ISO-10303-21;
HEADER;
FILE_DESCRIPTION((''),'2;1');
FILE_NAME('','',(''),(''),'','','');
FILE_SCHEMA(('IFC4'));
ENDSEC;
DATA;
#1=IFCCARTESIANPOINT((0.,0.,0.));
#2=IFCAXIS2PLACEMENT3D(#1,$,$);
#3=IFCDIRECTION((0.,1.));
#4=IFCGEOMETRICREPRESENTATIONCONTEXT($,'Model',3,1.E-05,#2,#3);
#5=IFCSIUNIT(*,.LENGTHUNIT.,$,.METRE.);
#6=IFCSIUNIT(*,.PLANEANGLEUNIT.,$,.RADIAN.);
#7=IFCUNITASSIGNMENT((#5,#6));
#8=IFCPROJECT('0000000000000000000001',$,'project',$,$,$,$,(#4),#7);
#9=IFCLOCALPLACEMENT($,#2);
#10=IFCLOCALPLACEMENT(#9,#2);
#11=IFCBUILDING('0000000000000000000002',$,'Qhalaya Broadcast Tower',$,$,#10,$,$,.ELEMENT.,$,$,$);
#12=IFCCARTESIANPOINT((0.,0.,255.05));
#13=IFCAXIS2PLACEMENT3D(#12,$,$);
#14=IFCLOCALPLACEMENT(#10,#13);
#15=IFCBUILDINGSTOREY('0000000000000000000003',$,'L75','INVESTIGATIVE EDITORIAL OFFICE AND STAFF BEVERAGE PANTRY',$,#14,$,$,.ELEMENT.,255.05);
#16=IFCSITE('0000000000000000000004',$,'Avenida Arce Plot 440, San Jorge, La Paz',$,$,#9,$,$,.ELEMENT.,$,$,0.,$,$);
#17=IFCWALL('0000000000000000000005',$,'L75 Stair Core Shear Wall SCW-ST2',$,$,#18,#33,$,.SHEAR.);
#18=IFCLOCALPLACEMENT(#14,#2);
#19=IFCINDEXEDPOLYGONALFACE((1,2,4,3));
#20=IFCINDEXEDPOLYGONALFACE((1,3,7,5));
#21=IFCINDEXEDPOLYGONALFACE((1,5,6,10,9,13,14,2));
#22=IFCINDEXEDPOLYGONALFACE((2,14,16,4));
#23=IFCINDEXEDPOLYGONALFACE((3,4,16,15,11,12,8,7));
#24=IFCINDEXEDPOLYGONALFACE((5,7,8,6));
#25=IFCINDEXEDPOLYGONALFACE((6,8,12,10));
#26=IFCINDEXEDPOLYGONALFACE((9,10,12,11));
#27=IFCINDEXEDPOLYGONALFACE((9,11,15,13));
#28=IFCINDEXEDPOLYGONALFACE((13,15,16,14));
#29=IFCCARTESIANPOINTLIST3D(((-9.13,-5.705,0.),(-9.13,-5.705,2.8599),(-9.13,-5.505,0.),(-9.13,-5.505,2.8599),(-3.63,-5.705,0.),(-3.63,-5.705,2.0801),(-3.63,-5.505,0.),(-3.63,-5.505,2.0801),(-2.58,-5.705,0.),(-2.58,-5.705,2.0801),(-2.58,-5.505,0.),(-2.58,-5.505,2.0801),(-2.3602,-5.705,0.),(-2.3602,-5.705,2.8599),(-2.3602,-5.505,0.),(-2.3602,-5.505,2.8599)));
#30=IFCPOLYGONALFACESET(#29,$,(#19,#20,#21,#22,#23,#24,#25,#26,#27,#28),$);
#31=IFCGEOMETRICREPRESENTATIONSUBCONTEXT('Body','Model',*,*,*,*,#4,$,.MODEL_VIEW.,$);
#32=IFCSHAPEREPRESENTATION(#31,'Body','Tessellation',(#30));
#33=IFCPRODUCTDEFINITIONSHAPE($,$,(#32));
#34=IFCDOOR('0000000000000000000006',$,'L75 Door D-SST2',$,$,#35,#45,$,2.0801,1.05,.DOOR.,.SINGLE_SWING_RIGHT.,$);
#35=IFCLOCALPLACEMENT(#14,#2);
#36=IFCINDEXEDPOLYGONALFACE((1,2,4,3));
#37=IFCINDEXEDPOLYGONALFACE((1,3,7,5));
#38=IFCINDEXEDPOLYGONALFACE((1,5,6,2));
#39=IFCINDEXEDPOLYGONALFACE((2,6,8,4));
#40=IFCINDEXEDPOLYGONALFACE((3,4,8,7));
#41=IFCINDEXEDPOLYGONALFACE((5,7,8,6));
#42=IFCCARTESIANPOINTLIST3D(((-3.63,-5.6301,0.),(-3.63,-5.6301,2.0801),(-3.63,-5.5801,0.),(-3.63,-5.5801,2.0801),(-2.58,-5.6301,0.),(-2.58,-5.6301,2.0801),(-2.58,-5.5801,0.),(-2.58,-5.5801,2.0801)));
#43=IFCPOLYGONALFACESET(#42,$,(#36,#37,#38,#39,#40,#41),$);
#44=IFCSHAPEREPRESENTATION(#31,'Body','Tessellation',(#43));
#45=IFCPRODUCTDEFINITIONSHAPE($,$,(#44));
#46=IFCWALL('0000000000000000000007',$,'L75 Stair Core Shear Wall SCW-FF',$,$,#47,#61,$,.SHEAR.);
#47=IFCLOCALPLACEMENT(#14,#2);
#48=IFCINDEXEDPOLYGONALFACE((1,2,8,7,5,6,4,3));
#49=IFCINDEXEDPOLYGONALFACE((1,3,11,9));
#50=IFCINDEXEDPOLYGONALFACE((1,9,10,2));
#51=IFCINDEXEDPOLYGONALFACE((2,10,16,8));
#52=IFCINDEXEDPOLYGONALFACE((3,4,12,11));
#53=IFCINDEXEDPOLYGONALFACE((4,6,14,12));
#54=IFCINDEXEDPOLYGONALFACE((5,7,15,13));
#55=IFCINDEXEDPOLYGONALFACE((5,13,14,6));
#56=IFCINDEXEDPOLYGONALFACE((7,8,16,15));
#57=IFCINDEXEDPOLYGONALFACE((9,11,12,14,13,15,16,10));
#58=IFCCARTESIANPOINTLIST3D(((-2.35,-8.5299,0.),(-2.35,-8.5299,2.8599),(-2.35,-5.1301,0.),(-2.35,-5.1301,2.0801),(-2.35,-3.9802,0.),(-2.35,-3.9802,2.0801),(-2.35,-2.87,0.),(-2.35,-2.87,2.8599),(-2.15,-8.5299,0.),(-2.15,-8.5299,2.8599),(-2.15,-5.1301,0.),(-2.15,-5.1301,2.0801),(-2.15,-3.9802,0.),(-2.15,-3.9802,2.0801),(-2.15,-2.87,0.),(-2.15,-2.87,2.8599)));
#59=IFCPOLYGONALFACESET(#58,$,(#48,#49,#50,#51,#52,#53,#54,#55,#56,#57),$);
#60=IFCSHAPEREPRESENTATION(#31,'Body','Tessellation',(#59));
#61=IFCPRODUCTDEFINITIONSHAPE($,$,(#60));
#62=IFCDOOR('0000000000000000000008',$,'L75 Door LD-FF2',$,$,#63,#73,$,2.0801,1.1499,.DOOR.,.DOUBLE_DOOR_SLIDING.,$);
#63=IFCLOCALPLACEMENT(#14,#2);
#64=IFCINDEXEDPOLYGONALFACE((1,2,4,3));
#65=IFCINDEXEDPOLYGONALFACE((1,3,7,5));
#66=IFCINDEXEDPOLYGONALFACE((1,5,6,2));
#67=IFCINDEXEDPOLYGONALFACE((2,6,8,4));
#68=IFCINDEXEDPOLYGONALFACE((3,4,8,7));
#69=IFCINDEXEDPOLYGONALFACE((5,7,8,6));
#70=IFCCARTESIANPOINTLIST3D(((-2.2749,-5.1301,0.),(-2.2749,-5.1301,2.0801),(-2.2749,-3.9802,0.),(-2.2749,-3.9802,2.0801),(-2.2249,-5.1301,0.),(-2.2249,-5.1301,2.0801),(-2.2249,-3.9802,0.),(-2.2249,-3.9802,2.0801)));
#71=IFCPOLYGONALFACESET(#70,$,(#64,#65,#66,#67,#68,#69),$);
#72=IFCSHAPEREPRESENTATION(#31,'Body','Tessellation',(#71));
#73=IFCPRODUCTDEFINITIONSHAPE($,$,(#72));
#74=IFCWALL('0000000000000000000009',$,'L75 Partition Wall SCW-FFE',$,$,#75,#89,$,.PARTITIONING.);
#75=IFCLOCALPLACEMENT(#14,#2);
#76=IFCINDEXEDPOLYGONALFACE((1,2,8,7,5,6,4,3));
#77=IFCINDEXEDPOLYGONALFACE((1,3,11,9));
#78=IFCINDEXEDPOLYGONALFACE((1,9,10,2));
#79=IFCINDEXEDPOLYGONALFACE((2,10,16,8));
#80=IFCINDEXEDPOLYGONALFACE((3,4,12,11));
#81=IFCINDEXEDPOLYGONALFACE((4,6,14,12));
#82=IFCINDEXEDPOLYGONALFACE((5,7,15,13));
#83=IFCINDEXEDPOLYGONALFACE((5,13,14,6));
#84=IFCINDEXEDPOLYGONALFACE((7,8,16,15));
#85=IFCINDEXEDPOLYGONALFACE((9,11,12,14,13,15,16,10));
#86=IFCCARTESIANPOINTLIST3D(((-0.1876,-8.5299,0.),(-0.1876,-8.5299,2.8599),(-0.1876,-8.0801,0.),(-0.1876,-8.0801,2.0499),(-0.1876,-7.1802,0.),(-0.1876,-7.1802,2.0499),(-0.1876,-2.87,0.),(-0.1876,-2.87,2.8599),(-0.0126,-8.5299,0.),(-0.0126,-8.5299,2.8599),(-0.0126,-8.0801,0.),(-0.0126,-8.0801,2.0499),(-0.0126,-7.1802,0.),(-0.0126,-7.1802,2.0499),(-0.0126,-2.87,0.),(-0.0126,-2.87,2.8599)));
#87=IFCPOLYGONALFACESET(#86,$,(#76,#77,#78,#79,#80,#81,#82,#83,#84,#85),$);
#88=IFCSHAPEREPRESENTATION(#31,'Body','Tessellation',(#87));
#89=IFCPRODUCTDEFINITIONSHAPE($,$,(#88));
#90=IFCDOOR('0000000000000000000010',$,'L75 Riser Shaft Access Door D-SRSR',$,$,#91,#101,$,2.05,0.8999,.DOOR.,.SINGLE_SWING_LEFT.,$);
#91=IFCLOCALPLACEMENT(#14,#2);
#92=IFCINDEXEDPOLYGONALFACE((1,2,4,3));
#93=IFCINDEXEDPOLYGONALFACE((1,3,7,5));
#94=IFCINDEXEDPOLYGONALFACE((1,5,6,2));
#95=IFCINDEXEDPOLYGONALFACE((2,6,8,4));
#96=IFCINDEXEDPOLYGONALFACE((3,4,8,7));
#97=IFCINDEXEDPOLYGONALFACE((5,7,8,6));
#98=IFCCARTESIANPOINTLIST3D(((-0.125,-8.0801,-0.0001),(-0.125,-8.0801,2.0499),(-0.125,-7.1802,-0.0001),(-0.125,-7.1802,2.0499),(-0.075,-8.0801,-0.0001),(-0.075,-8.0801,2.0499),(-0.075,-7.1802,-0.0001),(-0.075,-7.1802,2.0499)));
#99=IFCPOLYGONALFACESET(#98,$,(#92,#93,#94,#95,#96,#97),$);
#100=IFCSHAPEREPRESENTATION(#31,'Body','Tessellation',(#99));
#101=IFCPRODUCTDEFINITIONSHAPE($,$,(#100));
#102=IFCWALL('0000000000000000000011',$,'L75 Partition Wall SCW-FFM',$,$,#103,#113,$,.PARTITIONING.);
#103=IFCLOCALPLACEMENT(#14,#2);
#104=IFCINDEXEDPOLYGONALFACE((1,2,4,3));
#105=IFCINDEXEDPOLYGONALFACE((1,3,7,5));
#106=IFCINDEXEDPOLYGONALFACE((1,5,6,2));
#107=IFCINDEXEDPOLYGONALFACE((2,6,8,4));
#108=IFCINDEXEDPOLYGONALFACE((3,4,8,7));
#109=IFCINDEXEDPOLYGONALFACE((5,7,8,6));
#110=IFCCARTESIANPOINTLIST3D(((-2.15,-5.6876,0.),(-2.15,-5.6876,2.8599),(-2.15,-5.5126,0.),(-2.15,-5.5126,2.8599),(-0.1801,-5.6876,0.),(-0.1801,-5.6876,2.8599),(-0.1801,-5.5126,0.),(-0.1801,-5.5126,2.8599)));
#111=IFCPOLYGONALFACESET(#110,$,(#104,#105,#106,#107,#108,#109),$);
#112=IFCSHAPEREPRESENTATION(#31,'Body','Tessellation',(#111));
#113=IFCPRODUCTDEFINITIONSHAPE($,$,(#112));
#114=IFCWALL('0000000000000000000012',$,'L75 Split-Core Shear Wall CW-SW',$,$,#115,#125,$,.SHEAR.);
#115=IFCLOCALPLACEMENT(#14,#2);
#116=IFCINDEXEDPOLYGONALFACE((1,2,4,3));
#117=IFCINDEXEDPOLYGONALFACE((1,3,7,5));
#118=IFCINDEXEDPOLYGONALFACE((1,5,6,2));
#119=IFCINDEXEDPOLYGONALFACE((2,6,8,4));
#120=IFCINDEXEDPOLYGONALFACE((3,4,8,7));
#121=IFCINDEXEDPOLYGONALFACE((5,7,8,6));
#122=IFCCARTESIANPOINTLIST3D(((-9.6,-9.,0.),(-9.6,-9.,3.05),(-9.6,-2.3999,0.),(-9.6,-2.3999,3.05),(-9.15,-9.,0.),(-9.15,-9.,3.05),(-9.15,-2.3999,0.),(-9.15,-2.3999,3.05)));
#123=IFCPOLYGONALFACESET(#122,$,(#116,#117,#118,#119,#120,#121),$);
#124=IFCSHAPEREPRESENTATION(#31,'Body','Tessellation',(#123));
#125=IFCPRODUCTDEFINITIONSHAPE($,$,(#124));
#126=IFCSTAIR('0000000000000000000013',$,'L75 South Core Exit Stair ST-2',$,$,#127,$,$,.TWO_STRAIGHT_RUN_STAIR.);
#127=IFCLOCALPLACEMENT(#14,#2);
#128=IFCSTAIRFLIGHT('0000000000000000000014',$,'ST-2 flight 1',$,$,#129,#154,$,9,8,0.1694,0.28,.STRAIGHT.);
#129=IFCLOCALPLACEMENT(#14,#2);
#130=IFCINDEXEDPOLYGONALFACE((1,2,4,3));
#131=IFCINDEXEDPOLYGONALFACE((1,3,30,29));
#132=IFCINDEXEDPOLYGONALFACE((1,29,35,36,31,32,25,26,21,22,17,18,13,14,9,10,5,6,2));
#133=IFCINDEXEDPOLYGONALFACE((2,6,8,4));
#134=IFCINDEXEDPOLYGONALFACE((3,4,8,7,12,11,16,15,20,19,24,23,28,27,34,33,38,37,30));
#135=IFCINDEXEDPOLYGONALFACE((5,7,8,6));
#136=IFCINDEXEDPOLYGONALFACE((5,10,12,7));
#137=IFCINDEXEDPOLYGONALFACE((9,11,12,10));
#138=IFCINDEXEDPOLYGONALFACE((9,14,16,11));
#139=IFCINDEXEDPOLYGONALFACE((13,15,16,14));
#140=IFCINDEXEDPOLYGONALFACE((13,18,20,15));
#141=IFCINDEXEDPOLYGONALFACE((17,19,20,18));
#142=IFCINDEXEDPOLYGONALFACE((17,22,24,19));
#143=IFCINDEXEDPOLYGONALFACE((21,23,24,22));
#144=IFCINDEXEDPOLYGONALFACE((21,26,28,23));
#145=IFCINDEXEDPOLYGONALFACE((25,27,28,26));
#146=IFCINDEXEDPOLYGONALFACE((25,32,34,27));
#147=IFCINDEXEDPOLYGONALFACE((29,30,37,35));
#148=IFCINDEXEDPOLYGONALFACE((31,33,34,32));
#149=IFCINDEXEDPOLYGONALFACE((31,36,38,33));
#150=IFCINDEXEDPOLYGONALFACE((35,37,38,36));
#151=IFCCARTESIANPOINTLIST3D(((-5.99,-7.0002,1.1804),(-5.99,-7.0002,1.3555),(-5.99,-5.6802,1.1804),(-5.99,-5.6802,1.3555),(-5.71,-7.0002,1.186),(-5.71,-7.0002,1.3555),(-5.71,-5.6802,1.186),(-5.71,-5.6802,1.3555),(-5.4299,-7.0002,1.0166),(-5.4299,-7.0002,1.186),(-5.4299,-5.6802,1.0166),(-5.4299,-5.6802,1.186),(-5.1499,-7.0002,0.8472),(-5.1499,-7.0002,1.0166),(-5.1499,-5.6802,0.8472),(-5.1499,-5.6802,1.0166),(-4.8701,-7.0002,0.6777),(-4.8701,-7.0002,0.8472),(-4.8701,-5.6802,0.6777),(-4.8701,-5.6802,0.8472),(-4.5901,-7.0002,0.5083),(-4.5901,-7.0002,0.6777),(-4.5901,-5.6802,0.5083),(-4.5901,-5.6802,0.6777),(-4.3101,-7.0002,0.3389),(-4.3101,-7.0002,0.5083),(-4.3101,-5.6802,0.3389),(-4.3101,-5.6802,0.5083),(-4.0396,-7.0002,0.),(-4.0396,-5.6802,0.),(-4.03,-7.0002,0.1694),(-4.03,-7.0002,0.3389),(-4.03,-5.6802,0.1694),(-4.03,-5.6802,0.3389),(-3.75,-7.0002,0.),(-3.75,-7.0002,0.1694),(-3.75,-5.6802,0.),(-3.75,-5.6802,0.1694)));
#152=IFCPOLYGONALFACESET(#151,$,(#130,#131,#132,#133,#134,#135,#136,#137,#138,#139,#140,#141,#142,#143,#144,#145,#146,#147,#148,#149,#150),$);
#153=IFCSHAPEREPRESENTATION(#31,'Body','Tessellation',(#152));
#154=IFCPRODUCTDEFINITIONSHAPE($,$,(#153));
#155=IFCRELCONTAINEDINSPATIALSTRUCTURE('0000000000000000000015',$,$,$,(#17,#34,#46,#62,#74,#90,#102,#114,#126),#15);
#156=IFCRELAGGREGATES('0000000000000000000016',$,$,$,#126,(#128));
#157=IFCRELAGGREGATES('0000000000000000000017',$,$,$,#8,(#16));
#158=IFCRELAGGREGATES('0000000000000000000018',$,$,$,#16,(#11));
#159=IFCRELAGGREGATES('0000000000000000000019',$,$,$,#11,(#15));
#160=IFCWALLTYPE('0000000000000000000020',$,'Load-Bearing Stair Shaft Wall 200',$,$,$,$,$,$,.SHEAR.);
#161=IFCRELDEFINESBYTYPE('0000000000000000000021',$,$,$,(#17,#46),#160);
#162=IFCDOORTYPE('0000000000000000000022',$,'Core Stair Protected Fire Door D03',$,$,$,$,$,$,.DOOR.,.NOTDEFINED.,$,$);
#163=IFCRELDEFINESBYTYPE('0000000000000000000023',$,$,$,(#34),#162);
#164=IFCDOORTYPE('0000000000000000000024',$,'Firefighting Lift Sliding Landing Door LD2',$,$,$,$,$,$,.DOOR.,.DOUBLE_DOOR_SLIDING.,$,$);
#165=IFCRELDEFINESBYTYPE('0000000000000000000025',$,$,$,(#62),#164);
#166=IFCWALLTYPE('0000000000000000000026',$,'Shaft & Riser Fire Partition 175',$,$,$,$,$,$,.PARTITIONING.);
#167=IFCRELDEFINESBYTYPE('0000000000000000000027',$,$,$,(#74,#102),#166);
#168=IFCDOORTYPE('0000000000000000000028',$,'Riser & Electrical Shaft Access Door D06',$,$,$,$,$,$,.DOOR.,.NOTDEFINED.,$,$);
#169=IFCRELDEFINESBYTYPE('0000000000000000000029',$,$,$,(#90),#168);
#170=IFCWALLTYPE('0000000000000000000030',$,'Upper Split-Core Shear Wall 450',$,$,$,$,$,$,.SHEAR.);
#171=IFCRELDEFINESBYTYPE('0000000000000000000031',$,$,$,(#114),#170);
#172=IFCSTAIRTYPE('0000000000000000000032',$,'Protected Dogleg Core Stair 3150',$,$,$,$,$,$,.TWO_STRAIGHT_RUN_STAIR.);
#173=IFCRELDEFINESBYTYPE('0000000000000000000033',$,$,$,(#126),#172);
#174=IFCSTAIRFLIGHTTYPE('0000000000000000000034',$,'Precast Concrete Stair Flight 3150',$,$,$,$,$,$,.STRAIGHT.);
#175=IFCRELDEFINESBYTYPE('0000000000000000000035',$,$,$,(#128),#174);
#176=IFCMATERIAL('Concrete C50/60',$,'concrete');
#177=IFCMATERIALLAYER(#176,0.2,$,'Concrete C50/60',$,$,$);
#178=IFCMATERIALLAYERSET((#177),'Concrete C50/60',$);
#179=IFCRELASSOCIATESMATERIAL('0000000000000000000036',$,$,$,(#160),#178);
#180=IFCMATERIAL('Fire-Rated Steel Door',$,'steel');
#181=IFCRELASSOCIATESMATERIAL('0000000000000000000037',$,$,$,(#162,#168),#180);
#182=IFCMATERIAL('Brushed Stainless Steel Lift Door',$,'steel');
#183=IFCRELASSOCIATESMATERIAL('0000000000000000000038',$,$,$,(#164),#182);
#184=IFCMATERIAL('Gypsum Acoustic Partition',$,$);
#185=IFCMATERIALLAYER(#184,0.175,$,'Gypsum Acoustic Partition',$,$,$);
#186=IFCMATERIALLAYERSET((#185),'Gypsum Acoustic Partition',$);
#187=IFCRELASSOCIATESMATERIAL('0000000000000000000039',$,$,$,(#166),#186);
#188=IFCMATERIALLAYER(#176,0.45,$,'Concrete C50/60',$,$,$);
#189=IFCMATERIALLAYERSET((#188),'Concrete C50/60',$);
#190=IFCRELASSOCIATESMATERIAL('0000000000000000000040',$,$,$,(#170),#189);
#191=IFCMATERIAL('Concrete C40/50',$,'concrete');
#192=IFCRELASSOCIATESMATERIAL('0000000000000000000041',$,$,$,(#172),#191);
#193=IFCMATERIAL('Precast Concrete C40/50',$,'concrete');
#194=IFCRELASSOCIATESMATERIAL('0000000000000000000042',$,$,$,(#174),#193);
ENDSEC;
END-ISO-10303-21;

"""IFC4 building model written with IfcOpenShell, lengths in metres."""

from ifc_helpers import new_model, si_unit, direction, frame, frame_2d, origin, place, context, subcontext, project, spatial, polyline, rectangle, outline, extrude, material, layer, layer_set, type_object, element, fill, aggregate, save


model = new_model("IFC4")

# Units and contexts
model_context = context("Model", 3, precision=1e-05, world=origin(), true_north=direction((0.0, 1.0)))
body_context = subcontext(model_context, "Body", "Model", "MODEL_VIEW")
ifc_project = project(units=[si_unit("LENGTHUNIT", "METRE"), si_unit("PLANEANGLEUNIT", "RADIAN")], contexts=[model_context])

# Site, building, storey
site_placement = place(None, origin())
site = spatial("IfcSite", under=ifc_project, at=site_placement, Name="Avenida Arce Plot 440, San Jorge, La Paz", CompositionType="ELEMENT", RefElevation=0.0)
building_placement = place(site_placement, origin())
building = spatial("IfcBuilding", under=site, at=building_placement, Name="Qhalaya Broadcast Tower", CompositionType="ELEMENT")
storey_placement = place(building_placement, frame((0.0, 0.0, 255.05)))
storey = spatial("IfcBuildingStorey", under=building, at=storey_placement, Name="L75", Description="INVESTIGATIVE EDITORIAL OFFICE AND STAFF BEVERAGE PANTRY", CompositionType="ELEMENT", Elevation=255.05)

# Shared definitions
ifc_material_1 = material(Name="Concrete C50/60", Category="concrete")

# Walls, openings, doors
ifc_layer_1 = layer(ifc_material_1, 0.2, Name="Concrete C50/60")
ifc_layer_set_1 = layer_set([ifc_layer_1], Name="Concrete C50/60")
wall_type_1 = type_object("IfcWallType", Name="Load-Bearing Stair Shaft Wall 200", PredefinedType="SHEAR", material=ifc_layer_set_1)
wall_1_placement = place(storey_placement, frame((-9.1299, -5.605, 0.0), z_axis=(0.0, 0.0, 1.0), x_axis=(1.0, 0.0, 0.0)))
wall_1 = element("IfcWall", 1, at=wall_1_placement, inside=storey, type_object=wall_type_1, Name="L75 Stair Core Shear Wall SCW-ST2", PredefinedType="SHEAR", context=body_context, shape_type="SweptSolid", body=[
    extrude(rectangle(XDim=6.7698, YDim=0.2, at=frame_2d((3.3848, 0.0))), origin(), (0.0, 0.0, 1.0), 2.8599),
])
opening_1_placement = place(wall_1_placement, frame((5.5, 0.0, 0.0)))
opening_1 = element("IfcOpeningElement", 2, at=opening_1_placement, cuts=wall_1, PredefinedType="OPENING", context=body_context, shape_type="SweptSolid", body=[
    extrude(rectangle(XDim=1.05, YDim=2.0801, at=frame_2d((0.5249, 1.04))), frame((0.0, 0.1121, 0.0), z_axis=(0.0, -1.0, 0.0), x_axis=(1.0, 0.0, 0.0)), (0.0, 0.0, 1.0), 0.2239),
])
ifc_material_2 = material(Name="Fire-Rated Steel Door", Category="steel")
door_type_1 = type_object("IfcDoorType", Name="Core Stair Protected Fire Door D03", OperationType="NOTDEFINED", PredefinedType="DOOR", material=ifc_material_2)
door_1_placement = place(opening_1_placement, origin())
door_1 = element("IfcDoor", 3, at=door_1_placement, inside=storey, type_object=door_type_1, Name="L75 Door D-SST2", OperationType="SINGLE_SWING_RIGHT", OverallHeight=2.0801, OverallWidth=1.05, PredefinedType="DOOR", context=body_context, shape_type="SweptSolid", body=[
    extrude(rectangle(XDim=1.05, YDim=2.0801, at=frame_2d((0.5249, 1.04))), frame((0.0, 0.0249, 0.0), z_axis=(0.0, -1.0, 0.0), x_axis=(1.0, 0.0, 0.0)), (0.0, 0.0, 1.0), 0.05),
])
fill(opening_1, door_1)
wall_2_placement = place(storey_placement, frame((-2.25, -8.53, 0.0), z_axis=(0.0, 0.0, 1.0), x_axis=(0.0, 1.0, 0.0)))
wall_2 = element("IfcWall", 4, at=wall_2_placement, inside=storey, type_object=wall_type_1, Name="L75 Stair Core Shear Wall SCW-FF", PredefinedType="SHEAR", context=body_context, shape_type="SweptSolid", body=[
    extrude(rectangle(XDim=5.6599, YDim=0.2, at=frame_2d((2.8301, 0.0))), origin(), (0.0, 0.0, 1.0), 2.8599),
])
opening_2_placement = place(wall_2_placement, frame((3.3999, 0.0, 0.0)))
opening_2 = element("IfcOpeningElement", 5, at=opening_2_placement, cuts=wall_2, PredefinedType="OPENING", context=body_context, shape_type="SweptSolid", body=[
    extrude(rectangle(XDim=1.1499, YDim=2.0801, at=frame_2d((0.575, 1.04))), frame((0.0, 0.1121, 0.0), z_axis=(0.0, -1.0, 0.0), x_axis=(1.0, 0.0, 0.0)), (0.0, 0.0, 1.0), 0.2239),
])
ifc_material_3 = material(Name="Brushed Stainless Steel Lift Door", Category="steel")
door_type_2 = type_object("IfcDoorType", Name="Firefighting Lift Sliding Landing Door LD2", OperationType="DOUBLE_DOOR_SLIDING", PredefinedType="DOOR", material=ifc_material_3)
door_2_placement = place(opening_2_placement, origin())
door_2 = element("IfcDoor", 6, at=door_2_placement, inside=storey, type_object=door_type_2, Name="L75 Door LD-FF2", OperationType="DOUBLE_DOOR_SLIDING", OverallHeight=2.0801, OverallWidth=1.1499, PredefinedType="DOOR", context=body_context, shape_type="SweptSolid", body=[
    extrude(rectangle(XDim=1.1499, YDim=2.0801, at=frame_2d((0.575, 1.04))), frame((0.0, 0.0249, 0.0), z_axis=(0.0, -1.0, 0.0), x_axis=(1.0, 0.0, 0.0)), (0.0, 0.0, 1.0), 0.05),
])
fill(opening_2, door_2)
ifc_material_4 = material(Name="Gypsum Acoustic Partition")
ifc_layer_2 = layer(ifc_material_4, 0.175, Name="Gypsum Acoustic Partition")
ifc_layer_set_2 = layer_set([ifc_layer_2], Name="Gypsum Acoustic Partition")
wall_type_2 = type_object("IfcWallType", Name="Shaft & Riser Fire Partition 175", PredefinedType="PARTITIONING", material=ifc_layer_set_2)
wall_3_placement = place(storey_placement, frame((-0.1001, -8.53, 0.0), z_axis=(0.0, 0.0, 1.0), x_axis=(0.0, 1.0, 0.0)))
wall_3 = element("IfcWall", 7, at=wall_3_placement, inside=storey, type_object=wall_type_2, Name="L75 Partition Wall SCW-FFE", PredefinedType="PARTITIONING", context=body_context, shape_type="SweptSolid", body=[
    extrude(rectangle(XDim=5.6599, YDim=0.175, at=frame_2d((2.8301, 0.0))), origin(), (0.0, 0.0, 1.0), 2.8599),
])
opening_3_placement = place(wall_3_placement, frame((0.45, 0.0, 0.0)))
opening_3 = element("IfcOpeningElement", 8, at=opening_3_placement, cuts=wall_3, PredefinedType="OPENING", context=body_context, shape_type="SweptSolid", body=[
    extrude(rectangle(XDim=0.8999, YDim=2.05, at=frame_2d((0.45, 1.0249))), frame((0.0, 0.0996, 0.0), z_axis=(0.0, -1.0, 0.0), x_axis=(1.0, 0.0, 0.0)), (0.0, 0.0, 1.0), 0.199),
])
door_type_3 = type_object("IfcDoorType", Name="Riser & Electrical Shaft Access Door D06", OperationType="NOTDEFINED", PredefinedType="DOOR", material=ifc_material_2)
door_3_placement = place(opening_3_placement, origin())
door_3 = element("IfcDoor", 9, at=door_3_placement, inside=storey, type_object=door_type_3, Name="L75 Riser Shaft Access Door D-SRSR", OperationType="SINGLE_SWING_LEFT", OverallHeight=2.05, OverallWidth=0.8999, PredefinedType="DOOR", context=body_context, shape_type="SweptSolid", body=[
    extrude(rectangle(XDim=0.8999, YDim=2.05, at=frame_2d((0.45, 1.0249))), frame((0.0, 0.0249, 0.0), z_axis=(0.0, -1.0, 0.0), x_axis=(1.0, 0.0, 0.0)), (0.0, 0.0, 1.0), 0.05),
])
fill(opening_3, door_3)

# Wall
wall_4_placement = place(storey_placement, frame((-2.1499, -5.6001, 0.0), z_axis=(0.0, 0.0, 1.0), x_axis=(1.0, 0.0, 0.0)))
element("IfcWall", 10, at=wall_4_placement, inside=storey, type_object=wall_type_2, Name="L75 Partition Wall SCW-FFM", PredefinedType="PARTITIONING", context=body_context, shape_type="SweptSolid", body=[
    extrude(rectangle(XDim=1.97, YDim=0.175, at=frame_2d((0.9849, 0.0))), origin(), (0.0, 0.0, 1.0), 2.8599),
])

# Shared definitions
ifc_layer_3 = layer(ifc_material_1, 0.45, Name="Concrete C50/60")
ifc_layer_set_3 = layer_set([ifc_layer_3], Name="Concrete C50/60")
wall_type_3 = type_object("IfcWallType", Name="Upper Split-Core Shear Wall 450", PredefinedType="SHEAR", material=ifc_layer_set_3)

# Wall
wall_5_placement = place(storey_placement, frame((-9.375, -9.0, 0.0), z_axis=(0.0, 0.0, 1.0), x_axis=(0.0, 1.0, 0.0)))
element("IfcWall", 11, at=wall_5_placement, inside=storey, type_object=wall_type_3, Name="L75 Split-Core Shear Wall CW-SW", PredefinedType="SHEAR", context=body_context, shape_type="SweptSolid", body=[
    extrude(rectangle(XDim=6.6001, YDim=0.45, at=frame_2d((3.3, 0.0))), origin(), (0.0, 0.0, 1.0), 3.05),
])

# Stair, stair flight
ifc_material_5 = material(Name="Concrete C40/50", Category="concrete")
stair_type = type_object("IfcStairType", Name="Protected Dogleg Core Stair 3150", PredefinedType="TWO_STRAIGHT_RUN_STAIR", material=ifc_material_5)
stair_placement = place(storey_placement, origin())
stair = element("IfcStair", 12, at=stair_placement, inside=storey, type_object=stair_type, Name="L75 South Core Exit Stair ST-2", PredefinedType="TWO_STRAIGHT_RUN_STAIR")
ifc_material_6 = material(Name="Precast Concrete C40/50", Category="concrete")
stair_flight_type = type_object("IfcStairFlightType", Name="Precast Concrete Stair Flight 3150", PredefinedType="STRAIGHT", material=ifc_material_6)
stair_flight_1_placement = place(storey_placement, frame((-3.75, -6.3401, 0.0), z_axis=(0.0, 0.0, 1.0), x_axis=(-1.0, 0.0, 0.0)))
stair_flight_1 = element("IfcStairFlight", 13, at=stair_flight_1_placement, type_object=stair_flight_type, Name="ST-2 flight 1", NumberOfRisers=9, NumberOfTreads=8, PredefinedType="STRAIGHT", RiserHeight=0.1694, TreadLength=0.28, context=body_context, shape_type="SweptSolid", body=[
    extrude(outline(polyline([(0.0, 0.0), (0.0, 0.1694), (0.28, 0.1694), (0.28, 0.3389), (0.5601, 0.3389), (0.5601, 0.5083), (0.8401, 0.5083), (0.8401, 0.6777), (1.1201, 0.6777), (1.1201, 0.8472), (1.3999, 0.8472), (1.3999, 1.0166), (1.6799, 1.0166), (1.6799, 1.186), (1.96, 1.186), (1.96, 1.3555), (2.24, 1.3555), (2.24, 1.5249), (2.24, 1.1804), (0.2896, 0.0), (0.0, 0.0)])), frame((0.0, 0.6602, 0.0), z_axis=(0.0, -1.0, 0.0), x_axis=(1.0, 0.0, 0.0)), (0.0, 0.0, 1.0), 1.3201),
])
aggregate(stair, [stair_flight_1])

save(model, "model.ifc")
